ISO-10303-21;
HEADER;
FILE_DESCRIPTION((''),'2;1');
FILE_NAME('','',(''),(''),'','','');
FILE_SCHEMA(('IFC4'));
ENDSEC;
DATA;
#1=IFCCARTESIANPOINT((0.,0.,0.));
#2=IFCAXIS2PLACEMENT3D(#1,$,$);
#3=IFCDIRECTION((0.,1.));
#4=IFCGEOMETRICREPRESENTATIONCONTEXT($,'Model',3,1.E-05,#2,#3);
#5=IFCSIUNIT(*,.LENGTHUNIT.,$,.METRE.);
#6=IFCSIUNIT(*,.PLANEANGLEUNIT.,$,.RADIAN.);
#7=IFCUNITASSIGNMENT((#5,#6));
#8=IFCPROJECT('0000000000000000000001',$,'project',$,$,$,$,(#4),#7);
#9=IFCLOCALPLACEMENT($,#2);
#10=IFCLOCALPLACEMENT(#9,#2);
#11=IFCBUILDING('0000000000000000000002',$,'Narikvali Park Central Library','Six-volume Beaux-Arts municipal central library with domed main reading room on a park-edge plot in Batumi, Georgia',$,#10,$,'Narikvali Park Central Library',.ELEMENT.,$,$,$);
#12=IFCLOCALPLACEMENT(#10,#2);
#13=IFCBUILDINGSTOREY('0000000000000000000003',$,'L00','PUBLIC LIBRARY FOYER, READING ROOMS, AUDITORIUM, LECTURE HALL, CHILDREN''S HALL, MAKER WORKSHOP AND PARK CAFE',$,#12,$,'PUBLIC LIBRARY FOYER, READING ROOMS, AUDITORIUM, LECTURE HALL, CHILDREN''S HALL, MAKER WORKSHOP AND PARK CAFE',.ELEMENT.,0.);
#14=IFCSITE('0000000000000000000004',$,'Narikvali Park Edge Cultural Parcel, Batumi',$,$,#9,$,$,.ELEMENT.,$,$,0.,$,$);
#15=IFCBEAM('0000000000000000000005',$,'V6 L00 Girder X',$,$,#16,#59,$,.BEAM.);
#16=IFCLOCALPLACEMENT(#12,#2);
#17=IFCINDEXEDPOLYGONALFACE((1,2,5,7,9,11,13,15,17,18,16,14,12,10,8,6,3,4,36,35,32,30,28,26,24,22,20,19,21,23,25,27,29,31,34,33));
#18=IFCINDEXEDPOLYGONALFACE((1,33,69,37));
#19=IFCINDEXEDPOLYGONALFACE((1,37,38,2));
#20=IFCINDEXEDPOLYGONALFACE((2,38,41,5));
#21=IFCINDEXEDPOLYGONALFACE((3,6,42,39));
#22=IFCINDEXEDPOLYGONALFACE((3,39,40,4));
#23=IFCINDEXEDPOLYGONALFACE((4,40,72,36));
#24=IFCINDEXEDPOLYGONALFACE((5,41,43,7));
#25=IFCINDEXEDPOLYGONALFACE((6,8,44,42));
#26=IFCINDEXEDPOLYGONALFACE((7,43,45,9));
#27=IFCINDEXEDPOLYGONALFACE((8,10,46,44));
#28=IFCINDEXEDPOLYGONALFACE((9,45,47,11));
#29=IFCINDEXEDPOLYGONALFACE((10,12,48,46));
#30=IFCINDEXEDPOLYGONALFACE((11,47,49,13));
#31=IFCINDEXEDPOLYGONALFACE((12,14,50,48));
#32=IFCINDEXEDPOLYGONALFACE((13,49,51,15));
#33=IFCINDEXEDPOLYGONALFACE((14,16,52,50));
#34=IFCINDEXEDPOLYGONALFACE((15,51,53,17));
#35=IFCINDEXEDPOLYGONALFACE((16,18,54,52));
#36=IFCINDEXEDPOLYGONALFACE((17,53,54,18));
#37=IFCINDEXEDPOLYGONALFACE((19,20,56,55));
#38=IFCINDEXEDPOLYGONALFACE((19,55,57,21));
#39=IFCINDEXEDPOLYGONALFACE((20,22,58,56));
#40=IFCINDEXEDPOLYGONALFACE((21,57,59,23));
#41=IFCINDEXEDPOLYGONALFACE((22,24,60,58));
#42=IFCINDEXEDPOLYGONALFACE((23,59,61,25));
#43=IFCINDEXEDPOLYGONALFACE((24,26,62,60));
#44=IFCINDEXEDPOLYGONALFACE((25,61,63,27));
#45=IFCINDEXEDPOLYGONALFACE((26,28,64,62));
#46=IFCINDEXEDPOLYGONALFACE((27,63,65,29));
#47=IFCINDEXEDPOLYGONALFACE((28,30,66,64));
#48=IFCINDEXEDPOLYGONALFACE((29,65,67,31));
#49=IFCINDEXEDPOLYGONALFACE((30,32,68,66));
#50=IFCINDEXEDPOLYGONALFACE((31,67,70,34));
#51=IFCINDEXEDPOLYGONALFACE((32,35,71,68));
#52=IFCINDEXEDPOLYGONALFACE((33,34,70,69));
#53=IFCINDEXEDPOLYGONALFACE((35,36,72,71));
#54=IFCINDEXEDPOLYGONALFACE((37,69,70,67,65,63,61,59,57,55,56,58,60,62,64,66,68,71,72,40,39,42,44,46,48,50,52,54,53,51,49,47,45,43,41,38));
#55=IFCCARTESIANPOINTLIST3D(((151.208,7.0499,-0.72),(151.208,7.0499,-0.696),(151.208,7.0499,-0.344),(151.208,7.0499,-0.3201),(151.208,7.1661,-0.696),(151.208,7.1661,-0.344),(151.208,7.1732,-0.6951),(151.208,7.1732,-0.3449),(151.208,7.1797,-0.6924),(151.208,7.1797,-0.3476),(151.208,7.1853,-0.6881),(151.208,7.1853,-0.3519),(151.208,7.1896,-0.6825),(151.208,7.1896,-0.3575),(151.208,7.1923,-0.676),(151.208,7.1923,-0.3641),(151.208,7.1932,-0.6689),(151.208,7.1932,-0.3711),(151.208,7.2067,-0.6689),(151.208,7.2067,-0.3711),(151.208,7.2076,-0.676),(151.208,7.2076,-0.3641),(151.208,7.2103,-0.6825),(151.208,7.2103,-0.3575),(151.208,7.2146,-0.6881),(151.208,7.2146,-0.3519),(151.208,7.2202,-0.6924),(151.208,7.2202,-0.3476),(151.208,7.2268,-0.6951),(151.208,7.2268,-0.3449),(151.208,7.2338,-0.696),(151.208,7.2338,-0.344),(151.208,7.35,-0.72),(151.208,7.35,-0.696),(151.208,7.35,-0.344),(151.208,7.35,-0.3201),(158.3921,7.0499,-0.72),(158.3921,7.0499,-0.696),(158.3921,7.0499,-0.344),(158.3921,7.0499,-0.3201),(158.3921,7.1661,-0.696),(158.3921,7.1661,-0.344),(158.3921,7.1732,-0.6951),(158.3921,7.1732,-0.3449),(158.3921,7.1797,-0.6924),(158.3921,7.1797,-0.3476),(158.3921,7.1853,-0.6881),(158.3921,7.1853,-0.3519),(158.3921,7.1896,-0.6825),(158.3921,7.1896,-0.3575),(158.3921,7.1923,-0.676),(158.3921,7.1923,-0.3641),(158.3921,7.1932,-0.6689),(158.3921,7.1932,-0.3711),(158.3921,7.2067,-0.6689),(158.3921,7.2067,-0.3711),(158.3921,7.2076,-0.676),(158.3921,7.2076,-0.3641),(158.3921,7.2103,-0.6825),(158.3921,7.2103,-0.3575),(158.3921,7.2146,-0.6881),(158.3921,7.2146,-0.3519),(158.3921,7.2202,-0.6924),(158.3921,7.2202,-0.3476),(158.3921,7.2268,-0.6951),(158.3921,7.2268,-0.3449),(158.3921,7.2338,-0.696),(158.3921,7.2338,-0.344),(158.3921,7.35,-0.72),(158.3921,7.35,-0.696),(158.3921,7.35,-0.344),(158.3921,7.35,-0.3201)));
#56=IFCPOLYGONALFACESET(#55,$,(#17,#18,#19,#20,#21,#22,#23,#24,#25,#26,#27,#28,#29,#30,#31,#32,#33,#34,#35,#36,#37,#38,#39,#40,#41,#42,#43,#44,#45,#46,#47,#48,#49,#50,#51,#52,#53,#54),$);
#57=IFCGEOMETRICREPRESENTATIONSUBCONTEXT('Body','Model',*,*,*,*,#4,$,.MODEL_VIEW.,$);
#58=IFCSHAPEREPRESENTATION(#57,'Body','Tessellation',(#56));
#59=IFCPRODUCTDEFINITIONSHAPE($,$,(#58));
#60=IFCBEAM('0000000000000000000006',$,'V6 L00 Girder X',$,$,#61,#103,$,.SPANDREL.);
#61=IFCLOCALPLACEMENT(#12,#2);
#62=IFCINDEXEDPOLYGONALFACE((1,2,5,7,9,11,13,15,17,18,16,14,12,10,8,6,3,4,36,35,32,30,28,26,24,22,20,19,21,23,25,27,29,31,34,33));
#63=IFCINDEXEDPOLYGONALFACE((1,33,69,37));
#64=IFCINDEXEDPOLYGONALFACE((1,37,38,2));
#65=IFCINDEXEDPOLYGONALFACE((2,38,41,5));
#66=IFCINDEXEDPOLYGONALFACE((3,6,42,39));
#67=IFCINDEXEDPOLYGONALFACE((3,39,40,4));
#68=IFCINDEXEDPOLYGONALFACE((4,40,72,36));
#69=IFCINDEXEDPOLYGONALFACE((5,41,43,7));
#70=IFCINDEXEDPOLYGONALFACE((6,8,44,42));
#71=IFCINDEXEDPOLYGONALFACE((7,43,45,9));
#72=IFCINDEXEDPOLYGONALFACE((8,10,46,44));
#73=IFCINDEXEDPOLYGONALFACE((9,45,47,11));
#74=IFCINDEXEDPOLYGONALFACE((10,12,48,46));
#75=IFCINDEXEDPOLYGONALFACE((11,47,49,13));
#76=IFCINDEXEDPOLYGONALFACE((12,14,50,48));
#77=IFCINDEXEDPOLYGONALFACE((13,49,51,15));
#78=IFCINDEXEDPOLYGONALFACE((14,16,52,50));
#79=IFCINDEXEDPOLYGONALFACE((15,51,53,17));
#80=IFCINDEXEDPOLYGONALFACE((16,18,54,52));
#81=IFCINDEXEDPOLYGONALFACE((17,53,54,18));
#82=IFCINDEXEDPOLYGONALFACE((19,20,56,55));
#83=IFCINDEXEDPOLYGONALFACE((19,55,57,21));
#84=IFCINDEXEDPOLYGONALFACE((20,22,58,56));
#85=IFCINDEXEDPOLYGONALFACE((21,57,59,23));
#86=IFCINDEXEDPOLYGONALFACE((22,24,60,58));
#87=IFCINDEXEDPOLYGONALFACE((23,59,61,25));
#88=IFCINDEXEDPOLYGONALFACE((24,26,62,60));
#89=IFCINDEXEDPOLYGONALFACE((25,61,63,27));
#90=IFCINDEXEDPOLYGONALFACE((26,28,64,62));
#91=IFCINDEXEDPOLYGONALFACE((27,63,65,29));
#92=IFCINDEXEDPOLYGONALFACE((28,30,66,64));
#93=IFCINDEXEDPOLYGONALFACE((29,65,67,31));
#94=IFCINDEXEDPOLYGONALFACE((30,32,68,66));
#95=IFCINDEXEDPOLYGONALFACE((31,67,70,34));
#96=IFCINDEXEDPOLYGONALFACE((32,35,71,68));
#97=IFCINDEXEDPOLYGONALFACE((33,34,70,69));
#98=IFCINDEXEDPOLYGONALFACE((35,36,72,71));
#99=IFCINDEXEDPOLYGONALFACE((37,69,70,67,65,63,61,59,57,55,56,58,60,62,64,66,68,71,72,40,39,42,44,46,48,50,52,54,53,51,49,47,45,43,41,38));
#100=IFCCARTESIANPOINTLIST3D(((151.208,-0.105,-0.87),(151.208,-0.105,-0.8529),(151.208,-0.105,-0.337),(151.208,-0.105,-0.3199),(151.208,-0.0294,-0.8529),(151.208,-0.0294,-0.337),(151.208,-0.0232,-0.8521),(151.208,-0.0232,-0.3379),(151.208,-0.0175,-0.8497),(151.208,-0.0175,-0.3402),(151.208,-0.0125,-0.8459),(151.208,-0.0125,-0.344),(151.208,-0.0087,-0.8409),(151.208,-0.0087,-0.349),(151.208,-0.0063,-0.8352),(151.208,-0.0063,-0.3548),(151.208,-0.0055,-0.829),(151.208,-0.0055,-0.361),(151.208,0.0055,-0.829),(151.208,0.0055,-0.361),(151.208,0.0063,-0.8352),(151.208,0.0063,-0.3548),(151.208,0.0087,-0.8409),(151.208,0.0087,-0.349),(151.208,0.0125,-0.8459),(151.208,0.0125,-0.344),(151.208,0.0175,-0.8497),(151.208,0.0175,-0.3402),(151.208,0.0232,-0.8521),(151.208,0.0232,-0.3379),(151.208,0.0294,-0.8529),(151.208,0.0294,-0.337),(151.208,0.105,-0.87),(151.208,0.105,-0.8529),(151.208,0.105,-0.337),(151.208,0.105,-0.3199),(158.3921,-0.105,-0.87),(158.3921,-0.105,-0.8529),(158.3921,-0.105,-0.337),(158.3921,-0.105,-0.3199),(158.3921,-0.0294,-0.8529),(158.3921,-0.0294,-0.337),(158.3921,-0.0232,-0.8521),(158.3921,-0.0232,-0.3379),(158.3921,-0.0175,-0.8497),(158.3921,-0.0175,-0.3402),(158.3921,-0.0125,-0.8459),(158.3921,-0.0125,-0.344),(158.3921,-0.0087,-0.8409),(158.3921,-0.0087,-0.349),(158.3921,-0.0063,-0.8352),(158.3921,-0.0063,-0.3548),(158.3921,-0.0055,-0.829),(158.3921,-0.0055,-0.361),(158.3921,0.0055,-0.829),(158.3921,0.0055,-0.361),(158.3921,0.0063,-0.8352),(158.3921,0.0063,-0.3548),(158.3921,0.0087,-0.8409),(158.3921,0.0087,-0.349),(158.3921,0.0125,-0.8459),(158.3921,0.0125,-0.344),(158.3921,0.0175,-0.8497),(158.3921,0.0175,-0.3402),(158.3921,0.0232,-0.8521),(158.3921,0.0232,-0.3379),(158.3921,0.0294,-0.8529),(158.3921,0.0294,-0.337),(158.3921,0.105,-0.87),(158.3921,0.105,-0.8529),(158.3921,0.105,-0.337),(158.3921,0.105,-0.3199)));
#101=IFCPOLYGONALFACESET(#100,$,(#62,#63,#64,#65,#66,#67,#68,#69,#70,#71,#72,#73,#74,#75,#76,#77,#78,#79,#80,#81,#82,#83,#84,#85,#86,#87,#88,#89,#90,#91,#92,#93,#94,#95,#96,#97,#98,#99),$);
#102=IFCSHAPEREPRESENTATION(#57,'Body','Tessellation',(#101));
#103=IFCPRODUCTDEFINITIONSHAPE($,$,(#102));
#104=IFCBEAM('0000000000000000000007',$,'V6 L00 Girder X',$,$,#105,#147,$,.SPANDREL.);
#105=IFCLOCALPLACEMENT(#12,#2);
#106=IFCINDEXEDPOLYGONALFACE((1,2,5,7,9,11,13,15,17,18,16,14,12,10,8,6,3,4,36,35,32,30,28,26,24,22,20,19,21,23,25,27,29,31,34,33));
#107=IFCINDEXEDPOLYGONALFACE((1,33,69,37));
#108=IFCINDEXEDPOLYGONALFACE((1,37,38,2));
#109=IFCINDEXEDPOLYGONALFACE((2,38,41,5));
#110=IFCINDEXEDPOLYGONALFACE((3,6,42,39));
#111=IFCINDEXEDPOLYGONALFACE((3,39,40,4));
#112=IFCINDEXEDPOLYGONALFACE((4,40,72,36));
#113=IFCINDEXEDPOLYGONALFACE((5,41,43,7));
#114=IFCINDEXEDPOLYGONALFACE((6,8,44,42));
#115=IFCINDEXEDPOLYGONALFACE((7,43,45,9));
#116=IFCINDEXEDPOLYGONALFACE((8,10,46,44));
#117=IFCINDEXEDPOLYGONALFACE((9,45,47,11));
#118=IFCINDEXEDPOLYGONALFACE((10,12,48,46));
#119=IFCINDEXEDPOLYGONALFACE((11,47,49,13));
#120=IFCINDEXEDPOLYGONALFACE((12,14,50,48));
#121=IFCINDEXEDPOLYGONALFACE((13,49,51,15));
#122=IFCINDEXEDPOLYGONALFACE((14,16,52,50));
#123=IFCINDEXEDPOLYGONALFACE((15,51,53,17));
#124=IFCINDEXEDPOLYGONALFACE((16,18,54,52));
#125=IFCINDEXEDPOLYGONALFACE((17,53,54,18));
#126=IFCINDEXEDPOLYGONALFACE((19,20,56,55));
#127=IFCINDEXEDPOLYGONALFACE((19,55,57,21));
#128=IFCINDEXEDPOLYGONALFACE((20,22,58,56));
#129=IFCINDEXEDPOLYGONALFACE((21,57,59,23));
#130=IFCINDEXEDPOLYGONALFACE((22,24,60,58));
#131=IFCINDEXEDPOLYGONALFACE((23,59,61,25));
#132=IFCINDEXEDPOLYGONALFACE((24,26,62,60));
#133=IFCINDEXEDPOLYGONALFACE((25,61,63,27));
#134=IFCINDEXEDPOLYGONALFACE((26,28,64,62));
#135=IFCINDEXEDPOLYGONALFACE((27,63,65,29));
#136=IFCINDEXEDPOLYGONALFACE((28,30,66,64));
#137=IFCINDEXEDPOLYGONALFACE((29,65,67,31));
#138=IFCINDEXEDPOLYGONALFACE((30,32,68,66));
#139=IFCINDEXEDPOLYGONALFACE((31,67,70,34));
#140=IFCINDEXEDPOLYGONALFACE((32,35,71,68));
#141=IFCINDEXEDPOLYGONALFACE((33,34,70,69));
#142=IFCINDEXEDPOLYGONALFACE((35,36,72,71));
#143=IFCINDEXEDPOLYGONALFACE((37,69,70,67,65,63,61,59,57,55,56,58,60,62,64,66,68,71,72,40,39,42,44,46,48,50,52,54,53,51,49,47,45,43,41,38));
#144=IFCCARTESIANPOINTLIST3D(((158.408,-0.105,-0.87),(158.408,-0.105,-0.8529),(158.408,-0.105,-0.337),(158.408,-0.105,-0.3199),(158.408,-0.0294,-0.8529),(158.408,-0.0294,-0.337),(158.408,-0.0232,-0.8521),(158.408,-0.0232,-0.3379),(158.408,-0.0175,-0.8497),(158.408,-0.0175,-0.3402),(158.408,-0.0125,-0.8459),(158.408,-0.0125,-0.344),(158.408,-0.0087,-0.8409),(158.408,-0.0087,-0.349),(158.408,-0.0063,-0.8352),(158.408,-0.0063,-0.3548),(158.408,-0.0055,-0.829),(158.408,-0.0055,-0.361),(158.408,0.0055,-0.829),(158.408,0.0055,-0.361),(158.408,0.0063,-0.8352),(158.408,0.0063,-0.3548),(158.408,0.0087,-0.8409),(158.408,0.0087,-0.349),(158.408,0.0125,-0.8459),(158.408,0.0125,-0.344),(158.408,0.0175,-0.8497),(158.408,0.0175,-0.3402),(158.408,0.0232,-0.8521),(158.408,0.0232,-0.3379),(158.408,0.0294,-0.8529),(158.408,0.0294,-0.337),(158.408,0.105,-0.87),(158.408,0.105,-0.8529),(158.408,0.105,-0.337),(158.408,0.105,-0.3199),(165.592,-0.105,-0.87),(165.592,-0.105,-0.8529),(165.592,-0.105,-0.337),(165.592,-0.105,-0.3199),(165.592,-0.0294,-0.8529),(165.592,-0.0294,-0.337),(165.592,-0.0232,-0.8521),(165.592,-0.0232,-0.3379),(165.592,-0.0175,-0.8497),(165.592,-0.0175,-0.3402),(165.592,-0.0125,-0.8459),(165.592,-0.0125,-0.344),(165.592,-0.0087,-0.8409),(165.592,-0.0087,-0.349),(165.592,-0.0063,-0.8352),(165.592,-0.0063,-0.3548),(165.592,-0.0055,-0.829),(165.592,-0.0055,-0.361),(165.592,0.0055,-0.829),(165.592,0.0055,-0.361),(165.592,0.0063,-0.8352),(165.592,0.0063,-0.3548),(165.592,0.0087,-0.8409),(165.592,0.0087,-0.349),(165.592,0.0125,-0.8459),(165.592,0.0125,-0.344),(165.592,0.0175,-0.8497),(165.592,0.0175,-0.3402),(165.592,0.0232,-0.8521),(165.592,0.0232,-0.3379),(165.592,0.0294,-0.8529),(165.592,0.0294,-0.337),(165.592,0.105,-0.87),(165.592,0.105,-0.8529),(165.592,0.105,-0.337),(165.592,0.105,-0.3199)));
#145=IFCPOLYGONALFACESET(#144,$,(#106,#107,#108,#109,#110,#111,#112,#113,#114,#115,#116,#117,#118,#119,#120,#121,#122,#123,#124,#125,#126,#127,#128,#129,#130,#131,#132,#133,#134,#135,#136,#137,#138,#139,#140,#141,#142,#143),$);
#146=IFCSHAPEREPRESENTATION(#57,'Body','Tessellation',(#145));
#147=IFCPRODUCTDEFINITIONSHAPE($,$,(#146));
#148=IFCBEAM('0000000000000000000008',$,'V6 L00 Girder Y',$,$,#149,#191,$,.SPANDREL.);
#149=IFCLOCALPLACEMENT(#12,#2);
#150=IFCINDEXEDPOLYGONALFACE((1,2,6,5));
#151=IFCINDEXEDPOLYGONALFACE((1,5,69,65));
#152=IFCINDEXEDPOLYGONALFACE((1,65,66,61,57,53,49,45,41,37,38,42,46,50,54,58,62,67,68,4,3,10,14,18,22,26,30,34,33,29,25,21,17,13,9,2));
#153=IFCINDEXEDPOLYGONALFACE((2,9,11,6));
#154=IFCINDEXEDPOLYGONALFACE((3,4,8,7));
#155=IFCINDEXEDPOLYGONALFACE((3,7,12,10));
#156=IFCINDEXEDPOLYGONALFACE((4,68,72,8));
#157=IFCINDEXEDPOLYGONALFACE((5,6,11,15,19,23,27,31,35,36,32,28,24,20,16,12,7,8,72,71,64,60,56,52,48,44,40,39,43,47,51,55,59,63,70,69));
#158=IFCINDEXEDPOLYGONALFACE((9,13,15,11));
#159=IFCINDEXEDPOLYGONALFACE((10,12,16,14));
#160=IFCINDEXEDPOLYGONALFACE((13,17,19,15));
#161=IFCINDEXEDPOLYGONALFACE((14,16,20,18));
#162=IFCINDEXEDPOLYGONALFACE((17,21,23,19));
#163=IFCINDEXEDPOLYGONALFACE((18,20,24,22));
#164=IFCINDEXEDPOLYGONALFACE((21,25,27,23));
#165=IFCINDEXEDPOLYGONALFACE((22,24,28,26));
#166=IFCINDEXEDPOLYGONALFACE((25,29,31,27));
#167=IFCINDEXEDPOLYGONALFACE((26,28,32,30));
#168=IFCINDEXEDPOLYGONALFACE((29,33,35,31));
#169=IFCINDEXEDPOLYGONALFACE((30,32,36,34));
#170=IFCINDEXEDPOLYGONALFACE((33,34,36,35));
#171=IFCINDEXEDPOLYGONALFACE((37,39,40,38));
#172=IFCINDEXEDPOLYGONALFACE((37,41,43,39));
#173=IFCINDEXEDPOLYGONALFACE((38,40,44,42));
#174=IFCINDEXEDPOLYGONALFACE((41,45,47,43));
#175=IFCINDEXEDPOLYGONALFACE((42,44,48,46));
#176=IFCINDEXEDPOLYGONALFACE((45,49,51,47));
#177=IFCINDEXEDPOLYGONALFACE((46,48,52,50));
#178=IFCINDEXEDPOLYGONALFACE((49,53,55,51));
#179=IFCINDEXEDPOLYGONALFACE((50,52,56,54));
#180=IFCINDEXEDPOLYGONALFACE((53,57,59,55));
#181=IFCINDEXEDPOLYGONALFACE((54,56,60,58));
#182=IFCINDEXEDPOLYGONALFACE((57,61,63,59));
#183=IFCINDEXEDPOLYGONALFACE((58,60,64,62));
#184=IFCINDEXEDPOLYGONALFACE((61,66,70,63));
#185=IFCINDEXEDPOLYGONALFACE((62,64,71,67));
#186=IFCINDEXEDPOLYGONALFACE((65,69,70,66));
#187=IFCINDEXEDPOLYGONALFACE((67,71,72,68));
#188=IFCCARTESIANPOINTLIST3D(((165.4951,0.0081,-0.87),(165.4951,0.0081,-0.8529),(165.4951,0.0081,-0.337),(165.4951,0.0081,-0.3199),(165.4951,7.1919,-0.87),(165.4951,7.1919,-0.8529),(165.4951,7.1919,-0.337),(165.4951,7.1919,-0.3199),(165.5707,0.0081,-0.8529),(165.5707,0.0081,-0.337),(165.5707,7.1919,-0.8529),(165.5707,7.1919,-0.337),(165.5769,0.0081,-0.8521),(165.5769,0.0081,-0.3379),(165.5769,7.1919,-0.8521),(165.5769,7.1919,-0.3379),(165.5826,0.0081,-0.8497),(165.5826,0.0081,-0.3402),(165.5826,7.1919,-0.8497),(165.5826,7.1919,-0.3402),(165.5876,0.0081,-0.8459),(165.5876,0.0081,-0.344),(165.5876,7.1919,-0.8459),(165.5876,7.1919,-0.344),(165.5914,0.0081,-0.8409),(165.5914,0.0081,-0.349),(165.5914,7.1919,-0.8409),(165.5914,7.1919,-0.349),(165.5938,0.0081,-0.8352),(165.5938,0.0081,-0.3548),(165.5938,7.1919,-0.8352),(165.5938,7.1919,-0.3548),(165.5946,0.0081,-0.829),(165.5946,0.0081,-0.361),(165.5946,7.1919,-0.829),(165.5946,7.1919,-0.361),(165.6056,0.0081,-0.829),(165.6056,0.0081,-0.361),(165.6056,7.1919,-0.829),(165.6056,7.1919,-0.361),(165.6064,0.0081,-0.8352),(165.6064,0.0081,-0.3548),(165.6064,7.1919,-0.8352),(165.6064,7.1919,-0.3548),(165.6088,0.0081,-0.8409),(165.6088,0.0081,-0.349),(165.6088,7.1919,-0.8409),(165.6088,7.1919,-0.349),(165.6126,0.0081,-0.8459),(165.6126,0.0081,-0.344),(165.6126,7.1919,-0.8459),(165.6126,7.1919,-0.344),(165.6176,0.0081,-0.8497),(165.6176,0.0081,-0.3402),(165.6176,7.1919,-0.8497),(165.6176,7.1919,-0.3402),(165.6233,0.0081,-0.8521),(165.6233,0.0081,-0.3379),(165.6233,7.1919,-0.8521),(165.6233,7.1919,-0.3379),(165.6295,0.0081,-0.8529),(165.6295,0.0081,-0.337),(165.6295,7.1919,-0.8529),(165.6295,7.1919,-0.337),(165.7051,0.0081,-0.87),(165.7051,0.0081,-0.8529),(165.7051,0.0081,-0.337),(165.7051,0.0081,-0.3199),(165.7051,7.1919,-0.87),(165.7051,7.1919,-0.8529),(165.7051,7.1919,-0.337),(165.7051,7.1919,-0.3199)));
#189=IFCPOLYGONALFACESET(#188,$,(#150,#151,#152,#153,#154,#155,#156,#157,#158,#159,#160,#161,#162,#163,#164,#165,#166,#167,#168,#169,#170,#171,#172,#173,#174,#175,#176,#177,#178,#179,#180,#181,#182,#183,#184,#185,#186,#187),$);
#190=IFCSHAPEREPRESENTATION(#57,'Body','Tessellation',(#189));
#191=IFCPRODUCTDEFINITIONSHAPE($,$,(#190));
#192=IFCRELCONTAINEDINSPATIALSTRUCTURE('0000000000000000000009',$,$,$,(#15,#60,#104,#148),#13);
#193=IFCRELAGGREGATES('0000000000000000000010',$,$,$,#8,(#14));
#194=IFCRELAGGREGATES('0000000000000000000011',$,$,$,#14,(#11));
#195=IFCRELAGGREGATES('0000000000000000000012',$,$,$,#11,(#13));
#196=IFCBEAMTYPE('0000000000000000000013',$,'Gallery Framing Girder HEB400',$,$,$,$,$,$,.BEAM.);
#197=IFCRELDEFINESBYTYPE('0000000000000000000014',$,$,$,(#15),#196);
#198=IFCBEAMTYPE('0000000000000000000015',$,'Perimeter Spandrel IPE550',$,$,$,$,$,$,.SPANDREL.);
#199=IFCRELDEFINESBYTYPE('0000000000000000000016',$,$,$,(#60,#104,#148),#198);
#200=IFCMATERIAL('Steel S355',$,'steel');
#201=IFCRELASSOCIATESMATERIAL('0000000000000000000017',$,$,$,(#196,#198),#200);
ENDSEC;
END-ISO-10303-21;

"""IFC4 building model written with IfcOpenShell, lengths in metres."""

from ifc_helpers import new_model, si_unit, direction, frame, origin, origin_2d, place, context, subcontext, project, spatial, i_section, extrude, material, material_profile, profile_set, type_object, element, save


model = new_model("IFC4")

# Units and contexts
model_context = context("Model", 3, precision=1e-05, world=origin(), true_north=direction((0.0, 1.0)))
body_context = subcontext(model_context, "Body", "Model", "MODEL_VIEW")
ifc_project = project(units=[si_unit("LENGTHUNIT", "METRE"), si_unit("PLANEANGLEUNIT", "RADIAN")], contexts=[model_context])

# Site, building, storey
site_placement = place(None, origin())
site = spatial("IfcSite", under=ifc_project, at=site_placement, Name="Narikvali Park Edge Cultural Parcel, Batumi", CompositionType="ELEMENT", RefElevation=0.0)
building_placement = place(site_placement, origin())
building = spatial("IfcBuilding", under=site, at=building_placement, Name="Narikvali Park Central Library", Description="Six-volume Beaux-Arts municipal central library with domed main reading room on a park-edge plot in Batumi, Georgia", LongName="Narikvali Park Central Library", CompositionType="ELEMENT")
storey_placement = place(building_placement, origin())
storey = spatial("IfcBuildingStorey", under=building, at=storey_placement, Name="L00", Description="PUBLIC LIBRARY FOYER, READING ROOMS, AUDITORIUM, LECTURE HALL, CHILDREN'S HALL, MAKER WORKSHOP AND PARK CAFE", LongName="PUBLIC LIBRARY FOYER, READING ROOMS, AUDITORIUM, LECTURE HALL, CHILDREN'S HALL, MAKER WORKSHOP AND PARK CAFE", CompositionType="ELEMENT", Elevation=0.0)

# Shared definitions
ifc_material_1 = material(Name="Steel S355", Category="steel")

# Beams
ifc_material_profile_1 = material_profile(ifc_material_1, i_section(OverallWidth=0.3, OverallDepth=0.3999, WebThickness=0.0134, FlangeThickness=0.0239, FilletRadius=0.0271, at=origin_2d()), Name="HEB 400")
ifc_profile_set_1 = profile_set([ifc_material_profile_1], Name="Steel S355")
beam_type_1 = type_object("IfcBeamType", Name="Gallery Framing Girder HEB400", PredefinedType="BEAM", material=ifc_profile_set_1)
beam_1_placement = place(storey_placement, frame((151.208, 7.2, -0.52), z_axis=(1.0, 0.0, 0.0), x_axis=(0.0, 1.0, 0.0)))
element("IfcBeam", 1, at=beam_1_placement, inside=storey, type_object=beam_type_1, Name="V6 L00 Girder X", PredefinedType="BEAM", context=body_context, shape_type="SweptSolid", body=[
    extrude(i_section(OverallWidth=0.3, OverallDepth=0.3999, WebThickness=0.0134, FlangeThickness=0.0239, FilletRadius=0.0271, at=origin_2d()), origin(), (0.0, 0.0, 1.0), 7.1841),
])
ifc_material_profile_2 = material_profile(ifc_material_1, i_section(OverallWidth=0.21, OverallDepth=0.55, WebThickness=0.011, FlangeThickness=0.0171, FilletRadius=0.0239, at=origin_2d()), Name="IPE 550")
ifc_profile_set_2 = profile_set([ifc_material_profile_2], Name="Steel S355")
beam_type_2 = type_object("IfcBeamType", Name="Perimeter Spandrel IPE550", PredefinedType="SPANDREL", material=ifc_profile_set_2)
for number, where, z_axis, x_axis, name in (
    (2, (151.208, 0.0, -0.595), (1.0, 0.0, 0.0), (0.0, 1.0, 0.0), "V6 L00 Girder X"),
    (3, (158.408, 0.0, -0.595), (1.0, 0.0, 0.0), (0.0, 1.0, 0.0), "V6 L00 Girder X"),
):
    element("IfcBeam", number, at=place(storey_placement, frame(where, z_axis=z_axis, x_axis=x_axis)), inside=storey, type_object=beam_type_2, Name=name, PredefinedType="SPANDREL", context=body_context, shape_type="SweptSolid", body=[
        extrude(i_section(OverallWidth=0.21, OverallDepth=0.55, WebThickness=0.011, FlangeThickness=0.0171, FilletRadius=0.0239, at=origin_2d()), origin(), (0.0, 0.0, 1.0), 7.1841),
    ])
beam_2_placement = place(storey_placement, frame((165.6001, 0.0081, -0.595), z_axis=(0.0, 1.0, 0.0), x_axis=(-1.0, 0.0, 0.0)))
element("IfcBeam", 4, at=beam_2_placement, inside=storey, type_object=beam_type_2, Name="V6 L00 Girder Y", PredefinedType="SPANDREL", context=body_context, shape_type="SweptSolid", body=[
    extrude(i_section(OverallWidth=0.21, OverallDepth=0.55, WebThickness=0.011, FlangeThickness=0.0171, FilletRadius=0.0239, at=origin_2d()), origin(), (0.0, 0.0, 1.0), 7.1838),
])

save(model, "model.ifc")
